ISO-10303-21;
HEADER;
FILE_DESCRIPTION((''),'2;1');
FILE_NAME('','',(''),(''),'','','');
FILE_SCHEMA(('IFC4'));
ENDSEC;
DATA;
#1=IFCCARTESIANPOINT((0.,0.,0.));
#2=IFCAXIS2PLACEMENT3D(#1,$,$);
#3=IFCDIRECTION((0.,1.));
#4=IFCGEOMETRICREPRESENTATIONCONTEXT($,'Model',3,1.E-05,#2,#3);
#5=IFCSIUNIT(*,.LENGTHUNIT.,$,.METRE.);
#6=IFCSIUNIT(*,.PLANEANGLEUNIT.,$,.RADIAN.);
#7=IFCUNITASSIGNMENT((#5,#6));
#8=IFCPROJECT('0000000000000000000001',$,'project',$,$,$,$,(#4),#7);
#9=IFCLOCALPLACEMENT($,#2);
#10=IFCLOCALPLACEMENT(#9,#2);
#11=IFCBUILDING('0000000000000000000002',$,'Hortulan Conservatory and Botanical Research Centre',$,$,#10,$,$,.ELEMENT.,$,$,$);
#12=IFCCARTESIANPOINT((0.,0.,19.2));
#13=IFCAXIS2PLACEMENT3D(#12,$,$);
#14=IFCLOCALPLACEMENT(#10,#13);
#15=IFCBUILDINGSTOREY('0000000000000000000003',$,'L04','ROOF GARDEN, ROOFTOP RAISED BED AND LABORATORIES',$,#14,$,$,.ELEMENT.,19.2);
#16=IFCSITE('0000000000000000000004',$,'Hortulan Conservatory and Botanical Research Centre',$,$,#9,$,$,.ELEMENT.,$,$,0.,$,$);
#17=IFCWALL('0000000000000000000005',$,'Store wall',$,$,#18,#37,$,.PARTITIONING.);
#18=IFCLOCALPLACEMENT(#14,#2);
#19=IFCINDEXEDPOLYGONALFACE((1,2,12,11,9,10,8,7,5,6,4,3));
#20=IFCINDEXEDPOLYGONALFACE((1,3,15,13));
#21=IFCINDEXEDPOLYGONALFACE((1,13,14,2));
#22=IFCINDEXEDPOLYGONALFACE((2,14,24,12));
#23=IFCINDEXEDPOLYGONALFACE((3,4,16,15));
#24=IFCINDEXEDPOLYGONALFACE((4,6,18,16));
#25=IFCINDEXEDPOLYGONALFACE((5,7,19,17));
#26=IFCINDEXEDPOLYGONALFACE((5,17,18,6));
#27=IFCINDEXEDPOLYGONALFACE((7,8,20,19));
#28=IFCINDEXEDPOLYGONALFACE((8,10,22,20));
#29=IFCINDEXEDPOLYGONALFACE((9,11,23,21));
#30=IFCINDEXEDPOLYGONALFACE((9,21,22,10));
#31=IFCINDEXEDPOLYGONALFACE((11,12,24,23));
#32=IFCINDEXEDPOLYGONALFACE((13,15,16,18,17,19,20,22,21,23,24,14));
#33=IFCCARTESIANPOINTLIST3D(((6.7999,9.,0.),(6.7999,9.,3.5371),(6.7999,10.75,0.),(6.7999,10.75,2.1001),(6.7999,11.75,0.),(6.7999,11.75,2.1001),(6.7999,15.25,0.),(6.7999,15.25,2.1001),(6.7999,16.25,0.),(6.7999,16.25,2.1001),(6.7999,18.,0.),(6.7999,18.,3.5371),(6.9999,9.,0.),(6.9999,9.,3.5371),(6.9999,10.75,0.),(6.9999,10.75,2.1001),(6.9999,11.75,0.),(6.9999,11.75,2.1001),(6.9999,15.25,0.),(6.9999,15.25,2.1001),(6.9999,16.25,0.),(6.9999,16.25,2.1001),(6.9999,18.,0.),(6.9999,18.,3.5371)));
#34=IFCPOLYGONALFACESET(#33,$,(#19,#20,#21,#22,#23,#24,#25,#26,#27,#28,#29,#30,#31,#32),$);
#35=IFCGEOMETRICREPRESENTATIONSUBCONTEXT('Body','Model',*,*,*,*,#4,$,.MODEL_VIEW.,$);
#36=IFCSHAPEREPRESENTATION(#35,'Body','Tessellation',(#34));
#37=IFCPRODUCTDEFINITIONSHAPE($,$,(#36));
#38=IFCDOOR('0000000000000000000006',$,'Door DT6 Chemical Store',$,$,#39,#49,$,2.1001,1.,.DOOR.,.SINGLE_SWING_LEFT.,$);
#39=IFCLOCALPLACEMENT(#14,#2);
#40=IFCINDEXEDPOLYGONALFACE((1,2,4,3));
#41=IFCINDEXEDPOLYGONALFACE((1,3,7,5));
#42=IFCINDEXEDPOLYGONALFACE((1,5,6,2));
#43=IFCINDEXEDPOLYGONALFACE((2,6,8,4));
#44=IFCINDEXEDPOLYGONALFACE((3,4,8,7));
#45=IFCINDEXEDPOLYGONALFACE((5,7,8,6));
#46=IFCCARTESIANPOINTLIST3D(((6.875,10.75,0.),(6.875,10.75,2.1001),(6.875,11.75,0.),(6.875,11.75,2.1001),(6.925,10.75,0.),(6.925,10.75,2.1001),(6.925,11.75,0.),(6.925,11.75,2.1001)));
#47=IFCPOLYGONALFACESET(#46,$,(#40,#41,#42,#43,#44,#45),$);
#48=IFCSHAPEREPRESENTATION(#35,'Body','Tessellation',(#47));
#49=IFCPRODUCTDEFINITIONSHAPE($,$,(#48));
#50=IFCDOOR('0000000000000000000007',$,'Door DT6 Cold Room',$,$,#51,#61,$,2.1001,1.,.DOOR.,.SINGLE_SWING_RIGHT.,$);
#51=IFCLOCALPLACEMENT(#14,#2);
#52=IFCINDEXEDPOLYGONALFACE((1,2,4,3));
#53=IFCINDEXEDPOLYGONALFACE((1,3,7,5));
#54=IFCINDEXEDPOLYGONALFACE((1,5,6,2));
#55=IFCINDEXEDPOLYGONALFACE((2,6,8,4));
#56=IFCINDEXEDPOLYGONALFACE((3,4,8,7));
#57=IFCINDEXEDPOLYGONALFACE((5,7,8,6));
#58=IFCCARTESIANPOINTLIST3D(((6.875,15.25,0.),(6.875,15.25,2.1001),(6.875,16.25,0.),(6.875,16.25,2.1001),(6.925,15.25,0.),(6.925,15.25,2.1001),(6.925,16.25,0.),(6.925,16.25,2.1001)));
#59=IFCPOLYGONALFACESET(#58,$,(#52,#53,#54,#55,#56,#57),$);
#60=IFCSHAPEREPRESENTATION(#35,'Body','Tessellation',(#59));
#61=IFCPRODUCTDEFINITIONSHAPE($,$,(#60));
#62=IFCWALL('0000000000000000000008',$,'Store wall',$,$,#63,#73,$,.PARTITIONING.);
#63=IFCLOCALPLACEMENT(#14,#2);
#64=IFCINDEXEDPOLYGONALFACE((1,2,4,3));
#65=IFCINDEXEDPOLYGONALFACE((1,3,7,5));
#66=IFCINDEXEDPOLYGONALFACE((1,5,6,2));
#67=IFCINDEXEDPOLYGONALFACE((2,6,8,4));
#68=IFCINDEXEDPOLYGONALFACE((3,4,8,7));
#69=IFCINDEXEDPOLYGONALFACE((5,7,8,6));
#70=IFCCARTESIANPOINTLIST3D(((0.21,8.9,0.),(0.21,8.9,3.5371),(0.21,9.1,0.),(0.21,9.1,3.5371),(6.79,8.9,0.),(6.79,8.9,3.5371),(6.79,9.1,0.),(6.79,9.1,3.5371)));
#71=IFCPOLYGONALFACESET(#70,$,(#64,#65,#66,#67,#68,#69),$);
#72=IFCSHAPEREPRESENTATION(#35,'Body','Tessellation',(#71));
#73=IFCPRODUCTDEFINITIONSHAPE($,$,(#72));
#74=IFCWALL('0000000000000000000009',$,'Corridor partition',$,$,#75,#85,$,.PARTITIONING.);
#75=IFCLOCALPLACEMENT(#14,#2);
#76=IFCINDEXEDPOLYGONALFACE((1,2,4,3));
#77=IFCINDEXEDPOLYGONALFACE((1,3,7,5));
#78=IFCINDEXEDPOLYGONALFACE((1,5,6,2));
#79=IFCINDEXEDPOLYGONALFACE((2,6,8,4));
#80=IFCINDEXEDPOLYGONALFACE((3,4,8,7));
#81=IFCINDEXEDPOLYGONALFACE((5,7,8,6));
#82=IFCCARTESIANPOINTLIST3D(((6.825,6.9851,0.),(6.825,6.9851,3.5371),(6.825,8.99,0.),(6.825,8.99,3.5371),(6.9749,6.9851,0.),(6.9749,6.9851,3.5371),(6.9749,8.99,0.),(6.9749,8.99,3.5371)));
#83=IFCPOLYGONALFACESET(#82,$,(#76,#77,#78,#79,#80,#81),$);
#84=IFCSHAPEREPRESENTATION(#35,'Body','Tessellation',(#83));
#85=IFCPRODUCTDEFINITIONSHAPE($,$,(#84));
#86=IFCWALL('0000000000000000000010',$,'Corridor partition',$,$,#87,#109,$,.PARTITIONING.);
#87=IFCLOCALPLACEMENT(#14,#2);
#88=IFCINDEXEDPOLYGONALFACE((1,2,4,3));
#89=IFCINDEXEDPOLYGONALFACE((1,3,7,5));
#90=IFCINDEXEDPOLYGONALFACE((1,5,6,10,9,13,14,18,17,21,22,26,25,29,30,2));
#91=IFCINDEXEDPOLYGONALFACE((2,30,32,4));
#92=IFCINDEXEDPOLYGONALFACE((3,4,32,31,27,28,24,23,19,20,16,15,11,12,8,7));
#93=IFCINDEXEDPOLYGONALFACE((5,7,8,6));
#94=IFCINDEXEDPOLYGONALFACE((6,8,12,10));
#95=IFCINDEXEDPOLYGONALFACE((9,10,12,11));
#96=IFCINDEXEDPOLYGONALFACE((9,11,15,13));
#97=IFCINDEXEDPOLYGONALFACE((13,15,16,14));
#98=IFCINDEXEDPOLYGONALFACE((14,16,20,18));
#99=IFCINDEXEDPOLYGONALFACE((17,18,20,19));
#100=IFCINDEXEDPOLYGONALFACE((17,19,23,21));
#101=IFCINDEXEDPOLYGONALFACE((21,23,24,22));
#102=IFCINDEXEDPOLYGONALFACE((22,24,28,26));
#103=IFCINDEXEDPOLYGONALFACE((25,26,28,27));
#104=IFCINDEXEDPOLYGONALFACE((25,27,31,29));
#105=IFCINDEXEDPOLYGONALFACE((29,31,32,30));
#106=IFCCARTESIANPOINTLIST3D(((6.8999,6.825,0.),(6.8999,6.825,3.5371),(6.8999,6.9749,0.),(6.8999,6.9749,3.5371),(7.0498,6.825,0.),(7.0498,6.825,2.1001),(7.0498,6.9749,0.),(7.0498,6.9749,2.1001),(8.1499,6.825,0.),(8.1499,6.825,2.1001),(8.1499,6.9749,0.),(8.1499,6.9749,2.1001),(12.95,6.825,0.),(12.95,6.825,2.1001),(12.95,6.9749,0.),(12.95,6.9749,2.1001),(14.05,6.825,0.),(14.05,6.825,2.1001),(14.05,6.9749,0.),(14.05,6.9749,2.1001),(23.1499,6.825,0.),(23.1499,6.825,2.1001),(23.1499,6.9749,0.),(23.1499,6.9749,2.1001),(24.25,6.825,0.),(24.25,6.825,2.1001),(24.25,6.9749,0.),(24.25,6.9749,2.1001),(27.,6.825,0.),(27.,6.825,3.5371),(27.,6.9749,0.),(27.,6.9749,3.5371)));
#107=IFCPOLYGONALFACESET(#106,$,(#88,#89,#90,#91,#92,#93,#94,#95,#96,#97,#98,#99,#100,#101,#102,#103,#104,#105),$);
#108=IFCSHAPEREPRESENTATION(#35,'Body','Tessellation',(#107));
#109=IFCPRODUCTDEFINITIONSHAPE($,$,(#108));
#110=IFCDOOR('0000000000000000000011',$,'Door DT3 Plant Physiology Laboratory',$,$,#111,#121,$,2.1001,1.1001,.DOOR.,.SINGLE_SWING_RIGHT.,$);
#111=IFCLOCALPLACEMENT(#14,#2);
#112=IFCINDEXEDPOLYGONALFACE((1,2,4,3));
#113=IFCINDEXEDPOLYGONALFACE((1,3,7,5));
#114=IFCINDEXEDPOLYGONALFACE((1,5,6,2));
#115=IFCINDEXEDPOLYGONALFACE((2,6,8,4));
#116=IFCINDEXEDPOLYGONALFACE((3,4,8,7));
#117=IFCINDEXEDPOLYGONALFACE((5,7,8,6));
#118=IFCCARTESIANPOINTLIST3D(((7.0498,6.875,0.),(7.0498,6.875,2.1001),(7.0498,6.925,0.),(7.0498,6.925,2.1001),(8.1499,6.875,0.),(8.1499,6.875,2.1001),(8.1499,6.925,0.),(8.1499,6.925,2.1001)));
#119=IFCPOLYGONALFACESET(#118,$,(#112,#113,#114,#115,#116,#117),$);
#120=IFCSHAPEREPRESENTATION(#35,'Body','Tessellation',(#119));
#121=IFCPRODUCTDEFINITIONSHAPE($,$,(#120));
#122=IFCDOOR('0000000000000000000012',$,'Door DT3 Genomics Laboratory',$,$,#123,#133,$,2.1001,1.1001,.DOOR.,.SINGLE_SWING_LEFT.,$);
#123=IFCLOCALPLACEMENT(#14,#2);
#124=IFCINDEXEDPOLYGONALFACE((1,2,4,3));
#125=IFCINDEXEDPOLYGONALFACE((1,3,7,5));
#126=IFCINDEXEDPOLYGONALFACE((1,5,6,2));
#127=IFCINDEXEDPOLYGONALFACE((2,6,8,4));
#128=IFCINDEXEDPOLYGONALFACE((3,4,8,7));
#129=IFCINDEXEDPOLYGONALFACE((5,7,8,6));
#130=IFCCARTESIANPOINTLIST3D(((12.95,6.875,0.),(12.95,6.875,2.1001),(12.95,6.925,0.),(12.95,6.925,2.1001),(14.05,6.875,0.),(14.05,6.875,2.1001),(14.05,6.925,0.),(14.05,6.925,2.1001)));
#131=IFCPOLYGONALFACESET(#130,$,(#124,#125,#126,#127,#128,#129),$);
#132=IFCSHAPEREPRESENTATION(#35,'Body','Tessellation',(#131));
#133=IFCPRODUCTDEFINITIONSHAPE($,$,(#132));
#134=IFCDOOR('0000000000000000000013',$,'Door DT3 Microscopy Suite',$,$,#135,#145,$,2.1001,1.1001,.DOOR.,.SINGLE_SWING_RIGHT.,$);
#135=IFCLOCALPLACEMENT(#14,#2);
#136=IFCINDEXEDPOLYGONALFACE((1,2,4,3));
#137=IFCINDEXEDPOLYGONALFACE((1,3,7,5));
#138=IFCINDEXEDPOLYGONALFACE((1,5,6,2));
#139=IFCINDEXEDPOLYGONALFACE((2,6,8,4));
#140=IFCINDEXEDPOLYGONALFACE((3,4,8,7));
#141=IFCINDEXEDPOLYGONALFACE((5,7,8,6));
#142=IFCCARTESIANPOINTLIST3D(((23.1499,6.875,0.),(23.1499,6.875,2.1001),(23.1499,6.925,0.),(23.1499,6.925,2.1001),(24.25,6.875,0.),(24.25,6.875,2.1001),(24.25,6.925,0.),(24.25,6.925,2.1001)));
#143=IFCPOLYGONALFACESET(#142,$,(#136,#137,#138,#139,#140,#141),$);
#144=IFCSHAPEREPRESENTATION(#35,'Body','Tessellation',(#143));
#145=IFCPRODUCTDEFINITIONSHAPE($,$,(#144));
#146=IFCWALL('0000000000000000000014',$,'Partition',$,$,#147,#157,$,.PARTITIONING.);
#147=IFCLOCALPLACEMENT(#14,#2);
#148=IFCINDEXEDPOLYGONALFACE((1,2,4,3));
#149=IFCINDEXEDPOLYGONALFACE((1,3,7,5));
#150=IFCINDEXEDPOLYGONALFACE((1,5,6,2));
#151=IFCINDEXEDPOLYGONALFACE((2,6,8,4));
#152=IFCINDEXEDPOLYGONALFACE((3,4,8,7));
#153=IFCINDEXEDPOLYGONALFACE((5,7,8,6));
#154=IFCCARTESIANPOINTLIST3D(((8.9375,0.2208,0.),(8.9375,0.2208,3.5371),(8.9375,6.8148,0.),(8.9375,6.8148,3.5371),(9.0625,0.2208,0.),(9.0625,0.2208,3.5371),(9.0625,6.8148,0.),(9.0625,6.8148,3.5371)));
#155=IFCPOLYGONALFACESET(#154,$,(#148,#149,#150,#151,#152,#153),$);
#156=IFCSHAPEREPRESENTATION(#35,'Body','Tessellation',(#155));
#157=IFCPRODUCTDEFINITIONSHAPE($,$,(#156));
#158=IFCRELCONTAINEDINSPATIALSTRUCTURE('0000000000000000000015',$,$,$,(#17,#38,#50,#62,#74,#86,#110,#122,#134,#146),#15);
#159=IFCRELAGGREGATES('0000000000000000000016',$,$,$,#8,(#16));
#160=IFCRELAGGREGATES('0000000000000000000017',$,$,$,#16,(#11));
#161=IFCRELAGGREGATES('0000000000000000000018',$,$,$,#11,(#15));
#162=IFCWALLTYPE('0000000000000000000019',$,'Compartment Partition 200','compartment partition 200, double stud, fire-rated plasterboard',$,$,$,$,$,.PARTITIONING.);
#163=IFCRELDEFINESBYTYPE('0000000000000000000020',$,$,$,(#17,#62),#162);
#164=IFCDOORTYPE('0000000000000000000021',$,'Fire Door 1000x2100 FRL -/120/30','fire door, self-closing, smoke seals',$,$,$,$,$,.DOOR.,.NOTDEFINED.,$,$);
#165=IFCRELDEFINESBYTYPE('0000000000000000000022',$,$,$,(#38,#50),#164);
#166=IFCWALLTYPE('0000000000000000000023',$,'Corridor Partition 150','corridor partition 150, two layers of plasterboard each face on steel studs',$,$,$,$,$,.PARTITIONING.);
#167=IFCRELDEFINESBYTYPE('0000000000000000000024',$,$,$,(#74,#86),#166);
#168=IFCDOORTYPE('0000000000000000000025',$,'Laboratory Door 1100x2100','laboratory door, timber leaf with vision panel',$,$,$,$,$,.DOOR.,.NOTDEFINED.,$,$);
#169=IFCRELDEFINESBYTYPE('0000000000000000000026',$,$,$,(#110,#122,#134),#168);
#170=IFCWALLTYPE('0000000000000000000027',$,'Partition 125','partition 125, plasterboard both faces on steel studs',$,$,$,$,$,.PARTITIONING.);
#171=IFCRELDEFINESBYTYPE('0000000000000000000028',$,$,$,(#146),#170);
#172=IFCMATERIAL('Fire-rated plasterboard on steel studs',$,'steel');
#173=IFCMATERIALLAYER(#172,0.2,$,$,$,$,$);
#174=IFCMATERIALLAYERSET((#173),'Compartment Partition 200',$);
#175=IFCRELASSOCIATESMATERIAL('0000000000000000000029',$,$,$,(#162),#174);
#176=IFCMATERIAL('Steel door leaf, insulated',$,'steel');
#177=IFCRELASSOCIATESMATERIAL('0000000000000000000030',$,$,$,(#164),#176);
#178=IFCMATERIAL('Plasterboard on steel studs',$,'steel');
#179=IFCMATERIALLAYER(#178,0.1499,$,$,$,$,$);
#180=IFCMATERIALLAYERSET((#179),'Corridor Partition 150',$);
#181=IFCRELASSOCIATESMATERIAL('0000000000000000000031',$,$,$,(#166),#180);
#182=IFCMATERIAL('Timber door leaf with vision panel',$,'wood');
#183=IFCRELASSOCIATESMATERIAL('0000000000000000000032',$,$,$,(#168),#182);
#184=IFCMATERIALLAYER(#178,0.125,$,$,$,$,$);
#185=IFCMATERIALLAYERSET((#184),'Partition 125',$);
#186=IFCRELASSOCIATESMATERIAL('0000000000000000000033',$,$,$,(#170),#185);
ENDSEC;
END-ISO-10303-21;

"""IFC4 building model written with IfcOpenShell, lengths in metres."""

from ifc_helpers import new_model, si_unit, direction, frame, frame_2d, origin, place, context, subcontext, project, spatial, rectangle, extrude, material, layer, layer_set, type_object, element, fill, save


model = new_model("IFC4")

# Units and contexts
model_context = context("Model", 3, precision=1e-05, world=origin(), true_north=direction((0.0, 1.0)))
body_context = subcontext(model_context, "Body", "Model", "MODEL_VIEW")
ifc_project = project(units=[si_unit("LENGTHUNIT", "METRE"), si_unit("PLANEANGLEUNIT", "RADIAN")], contexts=[model_context])

# Site, building, storey
site_placement = place(None, origin())
site = spatial("IfcSite", under=ifc_project, at=site_placement, Name="Hortulan Conservatory and Botanical Research Centre", CompositionType="ELEMENT", RefElevation=0.0)
building_placement = place(site_placement, origin())
building = spatial("IfcBuilding", under=site, at=building_placement, Name="Hortulan Conservatory and Botanical Research Centre", CompositionType="ELEMENT")
storey_placement = place(building_placement, frame((0.0, 0.0, 19.2)))
storey = spatial("IfcBuildingStorey", under=building, at=storey_placement, Name="L04", Description="ROOF GARDEN, ROOFTOP RAISED BED AND LABORATORIES", CompositionType="ELEMENT", Elevation=19.2)

# Wall, openings, doors
ifc_material_1 = material(Name="Fire-rated plasterboard on steel studs", Category="steel")
ifc_layer_1 = layer(ifc_material_1, 0.2)
ifc_layer_set_1 = layer_set([ifc_layer_1], Name="Compartment Partition 200")
wall_type_1 = type_object("IfcWallType", Name="Compartment Partition 200", Description="compartment partition 200, double stud, fire-rated plasterboard", PredefinedType="PARTITIONING", material=ifc_layer_set_1)
wall_1_placement = place(storey_placement, frame((6.8999, 9.0, 0.0), z_axis=(0.0, 0.0, 1.0), x_axis=(0.0, 1.0, 0.0)))
wall_1 = element("IfcWall", 1, at=wall_1_placement, inside=storey, type_object=wall_type_1, Name="Store wall", PredefinedType="PARTITIONING", context=body_context, shape_type="SweptSolid", body=[
    extrude(rectangle(XDim=9.0, YDim=0.2, at=frame_2d((4.5, 0.0))), origin(), (0.0, 0.0, 1.0), 3.5371),
])
opening_1_placement = place(wall_1_placement, frame((1.75, 0.0, 0.0)))
opening_1 = element("IfcOpeningElement", 2, at=opening_1_placement, cuts=wall_1, PredefinedType="OPENING", context=body_context, shape_type="SweptSolid", body=[
    extrude(rectangle(XDim=1.0, YDim=2.1001, at=frame_2d((0.5, 1.05))), frame((0.0, 0.1099, 0.0), z_axis=(0.0, -1.0, 0.0), x_axis=(1.0, 0.0, 0.0)), (0.0, 0.0, 1.0), 0.22),
])
opening_2_placement = place(wall_1_placement, frame((6.25, 0.0, 0.0)))
opening_2 = element("IfcOpeningElement", 3, at=opening_2_placement, cuts=wall_1, PredefinedType="OPENING", context=body_context, shape_type="SweptSolid", body=[
    extrude(rectangle(XDim=1.0, YDim=2.1001, at=frame_2d((0.5, 1.05))), frame((0.0, 0.1099, 0.0), z_axis=(0.0, -1.0, 0.0), x_axis=(1.0, 0.0, 0.0)), (0.0, 0.0, 1.0), 0.22),
])
ifc_material_2 = material(Name="Steel door leaf, insulated", Category="steel")
door_type_1 = type_object("IfcDoorType", Name="Fire Door 1000x2100 FRL -/120/30", Description="fire door, self-closing, smoke seals", OperationType="NOTDEFINED", PredefinedType="DOOR", material=ifc_material_2)
door_1_placement = place(opening_1_placement, origin())
door_1 = element("IfcDoor", 4, at=door_1_placement, inside=storey, type_object=door_type_1, Name="Door DT6 Chemical Store", OperationType="SINGLE_SWING_LEFT", OverallHeight=2.1001, OverallWidth=1.0, PredefinedType="DOOR", context=body_context, shape_type="SweptSolid", body=[
    extrude(rectangle(XDim=1.0, YDim=2.1001, at=frame_2d((0.5, 1.05))), frame((0.0, 0.0249, 0.0), z_axis=(0.0, -1.0, 0.0), x_axis=(1.0, 0.0, 0.0)), (0.0, 0.0, 1.0), 0.05),
])
fill(opening_1, door_1)
door_2_placement = place(opening_2_placement, origin())
door_2 = element("IfcDoor", 5, at=door_2_placement, inside=storey, type_object=door_type_1, Name="Door DT6 Cold Room", OperationType="SINGLE_SWING_RIGHT", OverallHeight=2.1001, OverallWidth=1.0, PredefinedType="DOOR", context=body_context, shape_type="SweptSolid", body=[
    extrude(rectangle(XDim=1.0, YDim=2.1001, at=frame_2d((0.5, 1.05))), frame((0.0, 0.0249, 0.0), z_axis=(0.0, -1.0, 0.0), x_axis=(1.0, 0.0, 0.0)), (0.0, 0.0, 1.0), 0.05),
])
fill(opening_2, door_2)

# Walls
wall_2_placement = place(storey_placement, frame((0.21, 9.0, 0.0), z_axis=(0.0, 0.0, 1.0), x_axis=(1.0, 0.0, 0.0)))
element("IfcWall", 6, at=wall_2_placement, inside=storey, type_object=wall_type_1, Name="Store wall", PredefinedType="PARTITIONING", context=body_context, shape_type="SweptSolid", body=[
    extrude(rectangle(XDim=6.5801, YDim=0.2, at=frame_2d((3.29, 0.0))), origin(), (0.0, 0.0, 1.0), 3.5371),
])
ifc_material_3 = material(Name="Plasterboard on steel studs", Category="steel")
ifc_layer_2 = layer(ifc_material_3, 0.1499)
ifc_layer_set_2 = layer_set([ifc_layer_2], Name="Corridor Partition 150")
wall_type_2 = type_object("IfcWallType", Name="Corridor Partition 150", Description="corridor partition 150, two layers of plasterboard each face on steel studs", PredefinedType="PARTITIONING", material=ifc_layer_set_2)
wall_3_placement = place(storey_placement, frame((6.8999, 6.9851, 0.0), z_axis=(0.0, 0.0, 1.0), x_axis=(0.0, 1.0, 0.0)))
element("IfcWall", 7, at=wall_3_placement, inside=storey, type_object=wall_type_2, Name="Corridor partition", PredefinedType="PARTITIONING", context=body_context, shape_type="SweptSolid", body=[
    extrude(rectangle(XDim=2.0049, YDim=0.1499, at=frame_2d((1.0024, 0.0))), origin(), (0.0, 0.0, 1.0), 3.5371),
])

# Wall, openings, doors
wall_4_placement = place(storey_placement, frame((6.8999, 6.8999, 0.0), z_axis=(0.0, 0.0, 1.0), x_axis=(1.0, 0.0, 0.0)))
wall_4 = element("IfcWall", 8, at=wall_4_placement, inside=storey, type_object=wall_type_2, Name="Corridor partition", PredefinedType="PARTITIONING", context=body_context, shape_type="SweptSolid", body=[
    extrude(rectangle(XDim=20.1001, YDim=0.1499, at=frame_2d((10.05, 0.0))), origin(), (0.0, 0.0, 1.0), 3.5371),
])
opening_3_placement = place(wall_4_placement, frame((0.1499, 0.0, 0.0)))
opening_3 = element("IfcOpeningElement", 9, at=opening_3_placement, cuts=wall_4, PredefinedType="OPENING", context=body_context, shape_type="SweptSolid", body=[
    extrude(rectangle(XDim=1.1001, YDim=2.1001, at=frame_2d((0.55, 1.05))), frame((0.0, 0.085, 0.0), z_axis=(0.0, -1.0, 0.0), x_axis=(1.0, 0.0, 0.0)), (0.0, 0.0, 1.0), 0.1699),
])
opening_4_placement = place(wall_4_placement, frame((6.05, 0.0, 0.0)))
opening_4 = element("IfcOpeningElement", 10, at=opening_4_placement, cuts=wall_4, PredefinedType="OPENING", context=body_context, shape_type="SweptSolid", body=[
    extrude(rectangle(XDim=1.1001, YDim=2.1001, at=frame_2d((0.55, 1.05))), frame((0.0, 0.085, 0.0), z_axis=(0.0, -1.0, 0.0), x_axis=(1.0, 0.0, 0.0)), (0.0, 0.0, 1.0), 0.1699),
])
opening_5_placement = place(wall_4_placement, frame((16.25, 0.0, 0.0)))
opening_5 = element("IfcOpeningElement", 11, at=opening_5_placement, cuts=wall_4, PredefinedType="OPENING", context=body_context, shape_type="SweptSolid", body=[
    extrude(rectangle(XDim=1.1001, YDim=2.1001, at=frame_2d((0.55, 1.05))), frame((0.0, 0.085, 0.0), z_axis=(0.0, -1.0, 0.0), x_axis=(1.0, 0.0, 0.0)), (0.0, 0.0, 1.0), 0.1699),
])
ifc_material_4 = material(Name="Timber door leaf with vision panel", Category="wood")
door_type_2 = type_object("IfcDoorType", Name="Laboratory Door 1100x2100", Description="laboratory door, timber leaf with vision panel", OperationType="NOTDEFINED", PredefinedType="DOOR", material=ifc_material_4)
door_3_placement = place(opening_3_placement, frame((1.1001, 0.0, 0.0), z_axis=(0.0, 0.0, 1.0), x_axis=(-1.0, 0.0, 0.0)))
door_3 = element("IfcDoor", 12, at=door_3_placement, inside=storey, type_object=door_type_2, Name="Door DT3 Plant Physiology Laboratory", OperationType="SINGLE_SWING_RIGHT", OverallHeight=2.1001, OverallWidth=1.1001, PredefinedType="DOOR", context=body_context, shape_type="SweptSolid", body=[
    extrude(rectangle(XDim=1.1001, YDim=2.1001, at=frame_2d((0.55, 1.05))), frame((0.0, 0.0249, 0.0), z_axis=(0.0, -1.0, 0.0), x_axis=(1.0, 0.0, 0.0)), (0.0, 0.0, 1.0), 0.05),
])
fill(opening_3, door_3)
door_4_placement = place(opening_4_placement, frame((1.1001, 0.0, 0.0), z_axis=(0.0, 0.0, 1.0), x_axis=(-1.0, 0.0, 0.0)))
door_4 = element("IfcDoor", 13, at=door_4_placement, inside=storey, type_object=door_type_2, Name="Door DT3 Genomics Laboratory", OperationType="SINGLE_SWING_LEFT", OverallHeight=2.1001, OverallWidth=1.1001, PredefinedType="DOOR", context=body_context, shape_type="SweptSolid", body=[
    extrude(rectangle(XDim=1.1001, YDim=2.1001, at=frame_2d((0.55, 1.05))), frame((0.0, 0.0249, 0.0), z_axis=(0.0, -1.0, 0.0), x_axis=(1.0, 0.0, 0.0)), (0.0, 0.0, 1.0), 0.05),
])
fill(opening_4, door_4)
door_5_placement = place(opening_5_placement, frame((1.1001, 0.0, 0.0), z_axis=(0.0, 0.0, 1.0), x_axis=(-1.0, 0.0, 0.0)))
door_5 = element("IfcDoor", 14, at=door_5_placement, inside=storey, type_object=door_type_2, Name="Door DT3 Microscopy Suite", OperationType="SINGLE_SWING_RIGHT", OverallHeight=2.1001, OverallWidth=1.1001, PredefinedType="DOOR", context=body_context, shape_type="SweptSolid", body=[
    extrude(rectangle(XDim=1.1001, YDim=2.1001, at=frame_2d((0.55, 1.05))), frame((0.0, 0.0249, 0.0), z_axis=(0.0, -1.0, 0.0), x_axis=(1.0, 0.0, 0.0)), (0.0, 0.0, 1.0), 0.05),
])
fill(opening_5, door_5)

# Wall
ifc_layer_3 = layer(ifc_material_3, 0.125)
ifc_layer_set_3 = layer_set([ifc_layer_3], Name="Partition 125")
wall_type_3 = type_object("IfcWallType", Name="Partition 125", Description="partition 125, plasterboard both faces on steel studs", PredefinedType="PARTITIONING", material=ifc_layer_set_3)
wall_5_placement = place(storey_placement, frame((9.0, 0.2209, 0.0), z_axis=(0.0, 0.0, 1.0), x_axis=(0.0, 1.0, 0.0)))
element("IfcWall", 15, at=wall_5_placement, inside=storey, type_object=wall_type_3, Name="Partition", PredefinedType="PARTITIONING", context=body_context, shape_type="SweptSolid", body=[
    extrude(rectangle(XDim=6.594, YDim=0.125, at=frame_2d((3.2969, 0.0))), origin(), (0.0, 0.0, 1.0), 3.5371),
])

save(model, "model.ifc")
